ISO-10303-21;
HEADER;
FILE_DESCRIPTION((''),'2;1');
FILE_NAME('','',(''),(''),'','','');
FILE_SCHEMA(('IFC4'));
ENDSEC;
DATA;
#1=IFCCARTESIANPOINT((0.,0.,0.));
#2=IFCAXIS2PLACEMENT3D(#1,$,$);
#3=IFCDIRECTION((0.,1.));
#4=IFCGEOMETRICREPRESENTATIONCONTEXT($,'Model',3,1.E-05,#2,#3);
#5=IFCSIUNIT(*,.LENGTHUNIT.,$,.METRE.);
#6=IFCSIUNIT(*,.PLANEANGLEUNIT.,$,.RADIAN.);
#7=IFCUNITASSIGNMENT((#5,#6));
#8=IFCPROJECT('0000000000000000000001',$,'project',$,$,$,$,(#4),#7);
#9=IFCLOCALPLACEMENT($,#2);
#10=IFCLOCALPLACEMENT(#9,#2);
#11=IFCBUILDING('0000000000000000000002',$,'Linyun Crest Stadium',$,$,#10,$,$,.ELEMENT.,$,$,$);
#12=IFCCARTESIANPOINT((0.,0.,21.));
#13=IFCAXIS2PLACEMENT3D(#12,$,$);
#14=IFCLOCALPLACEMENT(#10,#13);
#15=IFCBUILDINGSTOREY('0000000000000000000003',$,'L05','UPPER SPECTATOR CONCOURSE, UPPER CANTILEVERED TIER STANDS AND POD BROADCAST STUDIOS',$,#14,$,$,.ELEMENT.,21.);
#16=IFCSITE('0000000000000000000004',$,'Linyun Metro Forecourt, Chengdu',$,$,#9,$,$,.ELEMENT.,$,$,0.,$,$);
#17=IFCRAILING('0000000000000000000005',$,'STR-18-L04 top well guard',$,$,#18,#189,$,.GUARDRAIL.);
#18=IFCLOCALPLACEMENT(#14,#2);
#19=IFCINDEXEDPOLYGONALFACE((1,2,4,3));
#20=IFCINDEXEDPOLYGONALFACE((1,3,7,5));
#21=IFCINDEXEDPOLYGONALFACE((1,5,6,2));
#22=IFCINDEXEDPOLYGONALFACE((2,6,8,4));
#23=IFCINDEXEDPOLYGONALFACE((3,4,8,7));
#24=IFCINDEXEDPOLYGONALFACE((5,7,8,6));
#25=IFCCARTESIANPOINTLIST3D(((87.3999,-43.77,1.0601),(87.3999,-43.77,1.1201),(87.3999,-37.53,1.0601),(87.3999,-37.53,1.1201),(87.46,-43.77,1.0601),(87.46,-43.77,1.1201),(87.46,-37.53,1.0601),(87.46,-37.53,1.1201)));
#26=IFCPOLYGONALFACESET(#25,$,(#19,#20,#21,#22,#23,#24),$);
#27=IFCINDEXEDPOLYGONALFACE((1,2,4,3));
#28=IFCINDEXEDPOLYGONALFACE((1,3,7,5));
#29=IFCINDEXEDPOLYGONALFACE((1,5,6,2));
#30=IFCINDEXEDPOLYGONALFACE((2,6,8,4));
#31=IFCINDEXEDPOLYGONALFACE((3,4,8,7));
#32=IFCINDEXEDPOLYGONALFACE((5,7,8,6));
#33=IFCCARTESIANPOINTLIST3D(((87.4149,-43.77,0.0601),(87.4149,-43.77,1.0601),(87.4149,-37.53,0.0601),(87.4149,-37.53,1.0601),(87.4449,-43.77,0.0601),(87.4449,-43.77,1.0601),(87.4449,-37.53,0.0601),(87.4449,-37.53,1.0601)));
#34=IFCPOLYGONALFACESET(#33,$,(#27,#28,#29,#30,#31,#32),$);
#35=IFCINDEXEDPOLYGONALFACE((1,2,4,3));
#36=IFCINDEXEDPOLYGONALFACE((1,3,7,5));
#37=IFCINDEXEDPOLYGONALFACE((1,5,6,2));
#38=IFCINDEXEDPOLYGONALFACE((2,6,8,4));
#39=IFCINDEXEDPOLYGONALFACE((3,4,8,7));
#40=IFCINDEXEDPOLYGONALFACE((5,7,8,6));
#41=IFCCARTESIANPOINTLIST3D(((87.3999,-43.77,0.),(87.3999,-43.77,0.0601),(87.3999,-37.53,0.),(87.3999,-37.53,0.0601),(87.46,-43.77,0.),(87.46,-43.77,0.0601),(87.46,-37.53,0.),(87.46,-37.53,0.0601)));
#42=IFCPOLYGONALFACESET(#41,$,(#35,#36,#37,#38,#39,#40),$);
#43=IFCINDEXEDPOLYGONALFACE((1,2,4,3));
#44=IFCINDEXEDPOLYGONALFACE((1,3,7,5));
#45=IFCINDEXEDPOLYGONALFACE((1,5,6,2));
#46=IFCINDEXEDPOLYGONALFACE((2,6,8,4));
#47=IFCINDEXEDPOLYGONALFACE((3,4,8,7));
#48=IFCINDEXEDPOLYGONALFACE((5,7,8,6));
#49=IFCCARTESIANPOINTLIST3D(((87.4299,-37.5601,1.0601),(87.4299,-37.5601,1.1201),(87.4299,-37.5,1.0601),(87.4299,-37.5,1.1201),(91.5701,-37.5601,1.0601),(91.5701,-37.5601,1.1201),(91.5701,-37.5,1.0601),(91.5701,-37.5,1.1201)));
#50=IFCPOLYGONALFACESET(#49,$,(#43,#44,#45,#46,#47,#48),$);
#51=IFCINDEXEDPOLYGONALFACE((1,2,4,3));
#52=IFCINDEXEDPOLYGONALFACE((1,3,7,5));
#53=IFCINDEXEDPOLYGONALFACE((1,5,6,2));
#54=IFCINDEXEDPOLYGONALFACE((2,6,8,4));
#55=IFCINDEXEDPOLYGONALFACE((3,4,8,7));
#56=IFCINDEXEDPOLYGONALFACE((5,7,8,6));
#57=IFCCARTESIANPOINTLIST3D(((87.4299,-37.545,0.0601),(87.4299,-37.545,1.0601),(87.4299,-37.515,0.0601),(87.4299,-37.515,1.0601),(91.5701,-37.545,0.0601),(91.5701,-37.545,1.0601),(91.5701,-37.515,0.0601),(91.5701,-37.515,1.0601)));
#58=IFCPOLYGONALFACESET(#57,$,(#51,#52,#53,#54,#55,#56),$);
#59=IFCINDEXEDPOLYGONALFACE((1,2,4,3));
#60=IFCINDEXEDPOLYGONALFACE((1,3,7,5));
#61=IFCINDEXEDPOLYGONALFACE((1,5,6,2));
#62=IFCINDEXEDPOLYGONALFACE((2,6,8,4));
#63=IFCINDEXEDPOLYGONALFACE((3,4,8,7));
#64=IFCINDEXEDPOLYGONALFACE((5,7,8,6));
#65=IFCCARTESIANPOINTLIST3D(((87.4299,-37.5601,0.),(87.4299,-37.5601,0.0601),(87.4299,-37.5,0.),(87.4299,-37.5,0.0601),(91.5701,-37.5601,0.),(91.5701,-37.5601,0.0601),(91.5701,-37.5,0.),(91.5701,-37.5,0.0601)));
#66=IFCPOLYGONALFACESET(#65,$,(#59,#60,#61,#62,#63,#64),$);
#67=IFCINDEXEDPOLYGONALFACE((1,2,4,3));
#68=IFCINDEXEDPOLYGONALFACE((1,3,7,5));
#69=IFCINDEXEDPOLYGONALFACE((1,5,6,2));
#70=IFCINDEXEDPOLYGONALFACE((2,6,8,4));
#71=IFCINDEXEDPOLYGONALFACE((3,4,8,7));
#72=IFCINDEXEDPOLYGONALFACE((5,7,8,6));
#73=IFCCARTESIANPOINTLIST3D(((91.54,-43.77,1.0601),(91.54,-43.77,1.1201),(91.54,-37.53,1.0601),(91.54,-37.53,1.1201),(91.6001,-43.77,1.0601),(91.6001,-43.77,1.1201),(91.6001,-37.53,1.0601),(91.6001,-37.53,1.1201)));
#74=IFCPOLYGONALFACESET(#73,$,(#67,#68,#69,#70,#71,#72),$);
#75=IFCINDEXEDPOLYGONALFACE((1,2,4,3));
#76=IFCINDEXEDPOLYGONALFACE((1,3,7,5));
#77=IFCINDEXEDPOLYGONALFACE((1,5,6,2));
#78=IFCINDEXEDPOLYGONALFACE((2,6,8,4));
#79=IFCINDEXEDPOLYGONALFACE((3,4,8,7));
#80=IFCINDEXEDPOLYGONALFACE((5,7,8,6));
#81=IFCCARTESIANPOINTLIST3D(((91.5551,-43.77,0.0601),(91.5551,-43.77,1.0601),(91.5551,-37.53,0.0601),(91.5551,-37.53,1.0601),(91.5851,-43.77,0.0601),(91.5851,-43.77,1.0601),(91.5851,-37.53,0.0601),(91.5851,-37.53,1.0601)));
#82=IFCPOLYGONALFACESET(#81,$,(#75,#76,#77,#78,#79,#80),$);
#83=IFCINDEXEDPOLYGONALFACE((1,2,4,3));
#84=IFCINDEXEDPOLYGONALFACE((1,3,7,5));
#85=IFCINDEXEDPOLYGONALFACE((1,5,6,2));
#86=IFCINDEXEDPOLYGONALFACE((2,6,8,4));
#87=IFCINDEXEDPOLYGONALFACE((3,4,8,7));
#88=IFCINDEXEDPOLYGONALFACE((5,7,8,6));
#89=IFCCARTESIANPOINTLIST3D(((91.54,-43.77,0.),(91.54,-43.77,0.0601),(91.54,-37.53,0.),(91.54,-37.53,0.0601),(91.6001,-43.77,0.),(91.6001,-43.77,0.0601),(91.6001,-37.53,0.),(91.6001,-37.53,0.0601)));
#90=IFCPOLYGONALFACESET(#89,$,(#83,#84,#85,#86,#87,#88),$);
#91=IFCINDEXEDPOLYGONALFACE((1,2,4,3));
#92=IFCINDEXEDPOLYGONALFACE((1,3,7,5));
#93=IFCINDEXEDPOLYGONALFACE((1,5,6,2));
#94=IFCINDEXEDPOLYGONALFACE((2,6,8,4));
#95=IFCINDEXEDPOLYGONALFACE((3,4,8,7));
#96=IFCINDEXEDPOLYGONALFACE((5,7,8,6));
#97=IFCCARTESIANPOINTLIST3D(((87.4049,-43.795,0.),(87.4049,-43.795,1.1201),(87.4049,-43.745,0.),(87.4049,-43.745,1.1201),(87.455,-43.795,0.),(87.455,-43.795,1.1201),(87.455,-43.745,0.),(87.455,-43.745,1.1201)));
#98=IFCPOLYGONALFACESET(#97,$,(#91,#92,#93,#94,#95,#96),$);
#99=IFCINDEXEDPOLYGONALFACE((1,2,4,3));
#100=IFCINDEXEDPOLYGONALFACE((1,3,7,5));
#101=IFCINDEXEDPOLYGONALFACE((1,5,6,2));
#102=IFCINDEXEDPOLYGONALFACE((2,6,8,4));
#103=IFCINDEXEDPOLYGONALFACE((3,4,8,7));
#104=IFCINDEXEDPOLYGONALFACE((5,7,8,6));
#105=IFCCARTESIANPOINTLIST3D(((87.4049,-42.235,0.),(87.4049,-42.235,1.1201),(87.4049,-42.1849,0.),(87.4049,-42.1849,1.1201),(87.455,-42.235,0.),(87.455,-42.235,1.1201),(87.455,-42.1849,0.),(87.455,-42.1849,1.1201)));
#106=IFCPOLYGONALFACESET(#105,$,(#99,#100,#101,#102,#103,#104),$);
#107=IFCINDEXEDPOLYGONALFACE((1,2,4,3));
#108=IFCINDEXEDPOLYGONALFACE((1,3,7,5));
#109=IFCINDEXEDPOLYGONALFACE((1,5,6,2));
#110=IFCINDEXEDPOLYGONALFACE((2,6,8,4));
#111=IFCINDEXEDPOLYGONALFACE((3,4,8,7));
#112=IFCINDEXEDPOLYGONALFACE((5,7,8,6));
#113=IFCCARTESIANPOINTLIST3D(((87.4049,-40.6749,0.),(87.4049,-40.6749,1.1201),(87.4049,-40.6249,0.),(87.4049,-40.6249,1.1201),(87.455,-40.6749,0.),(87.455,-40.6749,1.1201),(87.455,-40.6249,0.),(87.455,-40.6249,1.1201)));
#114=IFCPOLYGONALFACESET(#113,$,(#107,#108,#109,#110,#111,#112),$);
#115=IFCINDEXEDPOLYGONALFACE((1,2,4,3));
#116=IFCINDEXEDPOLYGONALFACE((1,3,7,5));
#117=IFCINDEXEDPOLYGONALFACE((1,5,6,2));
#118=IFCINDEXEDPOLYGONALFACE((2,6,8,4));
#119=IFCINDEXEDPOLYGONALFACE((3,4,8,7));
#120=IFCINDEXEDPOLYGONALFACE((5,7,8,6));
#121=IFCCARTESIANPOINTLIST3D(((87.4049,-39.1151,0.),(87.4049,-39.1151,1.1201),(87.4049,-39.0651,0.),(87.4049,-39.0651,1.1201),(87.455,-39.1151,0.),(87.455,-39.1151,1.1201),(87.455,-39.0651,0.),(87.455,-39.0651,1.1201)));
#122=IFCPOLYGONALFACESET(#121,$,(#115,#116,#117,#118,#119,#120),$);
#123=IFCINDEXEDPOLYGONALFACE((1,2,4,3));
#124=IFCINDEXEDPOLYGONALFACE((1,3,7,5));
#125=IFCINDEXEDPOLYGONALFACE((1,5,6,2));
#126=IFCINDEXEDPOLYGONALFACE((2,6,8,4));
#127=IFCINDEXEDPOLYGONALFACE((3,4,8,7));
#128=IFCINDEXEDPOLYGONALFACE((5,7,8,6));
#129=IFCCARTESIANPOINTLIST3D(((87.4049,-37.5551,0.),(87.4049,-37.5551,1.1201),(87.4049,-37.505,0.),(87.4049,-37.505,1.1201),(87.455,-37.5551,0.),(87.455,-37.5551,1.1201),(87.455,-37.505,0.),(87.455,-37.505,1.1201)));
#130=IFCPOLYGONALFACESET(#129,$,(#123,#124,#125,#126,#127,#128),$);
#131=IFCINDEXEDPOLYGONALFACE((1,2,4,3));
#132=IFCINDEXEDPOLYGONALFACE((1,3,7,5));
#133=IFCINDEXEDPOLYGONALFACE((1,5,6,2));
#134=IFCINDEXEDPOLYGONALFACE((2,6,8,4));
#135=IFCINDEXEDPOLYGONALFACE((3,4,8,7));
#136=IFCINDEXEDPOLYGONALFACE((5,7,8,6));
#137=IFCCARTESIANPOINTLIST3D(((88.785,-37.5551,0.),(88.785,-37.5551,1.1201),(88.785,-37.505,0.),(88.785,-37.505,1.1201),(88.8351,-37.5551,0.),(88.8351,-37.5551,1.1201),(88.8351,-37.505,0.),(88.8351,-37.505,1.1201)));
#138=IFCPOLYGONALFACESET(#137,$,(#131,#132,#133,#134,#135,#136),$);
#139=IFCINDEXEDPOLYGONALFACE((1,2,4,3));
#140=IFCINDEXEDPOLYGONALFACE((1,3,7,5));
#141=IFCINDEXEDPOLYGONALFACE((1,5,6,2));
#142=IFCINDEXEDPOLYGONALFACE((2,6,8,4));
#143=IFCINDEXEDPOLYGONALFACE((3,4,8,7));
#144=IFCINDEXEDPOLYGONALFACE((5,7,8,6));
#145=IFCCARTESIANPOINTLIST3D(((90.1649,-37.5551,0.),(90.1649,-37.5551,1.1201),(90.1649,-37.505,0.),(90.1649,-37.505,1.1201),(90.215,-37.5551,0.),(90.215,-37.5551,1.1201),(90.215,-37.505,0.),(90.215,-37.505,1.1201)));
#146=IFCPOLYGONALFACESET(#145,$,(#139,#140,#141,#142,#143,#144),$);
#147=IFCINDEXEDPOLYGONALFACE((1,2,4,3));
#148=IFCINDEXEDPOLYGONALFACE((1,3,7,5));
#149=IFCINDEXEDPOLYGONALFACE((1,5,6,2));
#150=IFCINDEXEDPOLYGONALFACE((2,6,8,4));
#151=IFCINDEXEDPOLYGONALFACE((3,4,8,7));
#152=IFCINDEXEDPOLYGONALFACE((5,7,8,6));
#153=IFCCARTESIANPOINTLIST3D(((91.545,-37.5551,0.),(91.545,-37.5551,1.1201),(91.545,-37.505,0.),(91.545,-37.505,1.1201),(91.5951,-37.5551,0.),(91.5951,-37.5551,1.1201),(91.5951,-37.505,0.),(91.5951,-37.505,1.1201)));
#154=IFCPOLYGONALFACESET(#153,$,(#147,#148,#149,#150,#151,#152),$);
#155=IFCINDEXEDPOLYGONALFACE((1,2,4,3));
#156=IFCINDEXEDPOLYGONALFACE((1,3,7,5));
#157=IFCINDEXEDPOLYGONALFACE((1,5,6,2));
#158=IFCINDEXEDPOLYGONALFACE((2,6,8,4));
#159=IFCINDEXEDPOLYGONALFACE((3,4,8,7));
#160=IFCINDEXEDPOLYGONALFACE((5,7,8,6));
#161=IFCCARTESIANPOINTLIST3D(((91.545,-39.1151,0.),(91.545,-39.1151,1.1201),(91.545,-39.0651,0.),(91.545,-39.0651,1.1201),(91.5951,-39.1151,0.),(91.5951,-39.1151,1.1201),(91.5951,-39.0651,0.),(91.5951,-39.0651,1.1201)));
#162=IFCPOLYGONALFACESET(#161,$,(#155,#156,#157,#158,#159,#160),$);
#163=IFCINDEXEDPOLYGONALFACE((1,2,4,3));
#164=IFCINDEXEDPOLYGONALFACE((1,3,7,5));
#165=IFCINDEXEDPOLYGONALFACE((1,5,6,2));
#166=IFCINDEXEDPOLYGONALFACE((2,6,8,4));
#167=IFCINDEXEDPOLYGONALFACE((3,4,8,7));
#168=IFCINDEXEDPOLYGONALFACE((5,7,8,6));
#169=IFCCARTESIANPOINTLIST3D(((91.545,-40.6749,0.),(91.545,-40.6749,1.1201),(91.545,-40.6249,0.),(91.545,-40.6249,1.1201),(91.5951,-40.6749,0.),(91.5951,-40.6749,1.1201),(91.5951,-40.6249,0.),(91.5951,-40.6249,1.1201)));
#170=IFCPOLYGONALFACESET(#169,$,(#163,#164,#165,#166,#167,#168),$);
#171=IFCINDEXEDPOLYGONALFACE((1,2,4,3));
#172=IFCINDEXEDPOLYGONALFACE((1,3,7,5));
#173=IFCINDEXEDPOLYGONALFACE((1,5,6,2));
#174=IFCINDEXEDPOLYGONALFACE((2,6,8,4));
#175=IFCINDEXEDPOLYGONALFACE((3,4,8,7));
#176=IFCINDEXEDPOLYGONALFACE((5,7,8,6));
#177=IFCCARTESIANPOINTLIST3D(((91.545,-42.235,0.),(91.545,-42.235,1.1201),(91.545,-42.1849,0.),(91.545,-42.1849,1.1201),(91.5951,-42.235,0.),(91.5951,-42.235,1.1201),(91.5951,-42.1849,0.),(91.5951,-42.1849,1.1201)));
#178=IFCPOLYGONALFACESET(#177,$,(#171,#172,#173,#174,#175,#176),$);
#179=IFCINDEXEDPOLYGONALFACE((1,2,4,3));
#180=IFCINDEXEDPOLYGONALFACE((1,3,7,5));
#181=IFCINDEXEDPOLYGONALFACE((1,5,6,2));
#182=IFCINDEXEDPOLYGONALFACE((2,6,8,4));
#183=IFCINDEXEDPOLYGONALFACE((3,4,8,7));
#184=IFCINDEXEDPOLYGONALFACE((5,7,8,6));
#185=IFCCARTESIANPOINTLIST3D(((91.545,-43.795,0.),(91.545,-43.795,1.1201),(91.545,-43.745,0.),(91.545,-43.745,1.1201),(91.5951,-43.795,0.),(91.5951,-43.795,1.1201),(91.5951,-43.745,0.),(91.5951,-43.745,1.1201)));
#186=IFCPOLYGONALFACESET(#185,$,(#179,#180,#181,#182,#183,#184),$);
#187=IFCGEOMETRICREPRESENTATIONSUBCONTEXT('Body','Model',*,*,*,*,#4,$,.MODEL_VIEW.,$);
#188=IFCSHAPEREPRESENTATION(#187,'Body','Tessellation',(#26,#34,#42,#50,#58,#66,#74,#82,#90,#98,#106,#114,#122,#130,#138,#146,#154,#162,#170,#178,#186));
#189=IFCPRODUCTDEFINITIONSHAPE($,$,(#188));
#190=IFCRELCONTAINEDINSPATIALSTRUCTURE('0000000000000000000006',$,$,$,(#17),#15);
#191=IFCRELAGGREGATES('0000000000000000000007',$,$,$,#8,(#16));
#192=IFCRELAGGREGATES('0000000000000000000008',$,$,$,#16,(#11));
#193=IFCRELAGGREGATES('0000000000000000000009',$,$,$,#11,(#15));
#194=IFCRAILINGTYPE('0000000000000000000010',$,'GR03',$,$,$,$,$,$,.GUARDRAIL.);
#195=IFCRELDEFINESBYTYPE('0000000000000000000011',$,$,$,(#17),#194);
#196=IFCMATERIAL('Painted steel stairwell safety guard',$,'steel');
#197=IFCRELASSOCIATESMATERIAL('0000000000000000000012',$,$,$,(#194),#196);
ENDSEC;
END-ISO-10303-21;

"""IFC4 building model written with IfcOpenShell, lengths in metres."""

from ifc_helpers import new_model, si_unit, direction, frame, origin, origin_2d, place, context, subcontext, project, spatial, rectangle, extrude, material, type_object, element, save


model = new_model("IFC4")

# Units and contexts
model_context = context("Model", 3, precision=1e-05, world=origin(), true_north=direction((0.0, 1.0)))
body_context = subcontext(model_context, "Body", "Model", "MODEL_VIEW")
ifc_project = project(units=[si_unit("LENGTHUNIT", "METRE"), si_unit("PLANEANGLEUNIT", "RADIAN")], contexts=[model_context])

# Site, building, storey
site_placement = place(None, origin())
site = spatial("IfcSite", under=ifc_project, at=site_placement, Name="Linyun Metro Forecourt, Chengdu", CompositionType="ELEMENT", RefElevation=0.0)
building_placement = place(site_placement, origin())
building = spatial("IfcBuilding", under=site, at=building_placement, Name="Linyun Crest Stadium", CompositionType="ELEMENT")
storey_placement = place(building_placement, frame((0.0, 0.0, 21.0)))
storey = spatial("IfcBuildingStorey", under=building, at=storey_placement, Name="L05", Description="UPPER SPECTATOR CONCOURSE, UPPER CANTILEVERED TIER STANDS AND POD BROADCAST STUDIOS", CompositionType="ELEMENT", Elevation=21.0)

# Railing
ifc_material_1 = material(Name="Painted steel stairwell safety guard", Category="steel")
railing_type_1 = type_object("IfcRailingType", Name="GR03", PredefinedType="GUARDRAIL", material=ifc_material_1)
railing_1_placement = place(storey_placement, frame((87.4299, -43.77, 0.0)))
element("IfcRailing", 1, at=railing_1_placement, inside=storey, type_object=railing_type_1, Name="STR-18-L04 top well guard", PredefinedType="GUARDRAIL", context=body_context, shape_type="SweptSolid", body=[
    extrude(rectangle(XDim=0.0601, YDim=0.0601, at=origin_2d()), frame((0.0, 0.0, 1.0901), z_axis=(0.0, 1.0, 0.0), x_axis=(-1.0, 0.0, 0.0)), (0.0, 0.0, 1.0), 6.24),
    extrude(rectangle(XDim=0.03, YDim=1.0, at=origin_2d()), frame((0.0, 0.0, 0.5601), z_axis=(0.0, 1.0, 0.0), x_axis=(-1.0, 0.0, 0.0)), (0.0, 0.0, 1.0), 6.24),
    extrude(rectangle(XDim=0.0601, YDim=0.0601, at=origin_2d()), frame((0.0, 0.0, 0.03), z_axis=(0.0, 1.0, 0.0), x_axis=(-1.0, 0.0, 0.0)), (0.0, 0.0, 1.0), 6.24),
    extrude(rectangle(XDim=0.0601, YDim=0.0601, at=origin_2d()), frame((0.0, 6.24, 1.0901), z_axis=(1.0, 0.0, 0.0), x_axis=(0.0, 1.0, 0.0)), (0.0, 0.0, 1.0), 4.1401),
    extrude(rectangle(XDim=0.03, YDim=1.0, at=origin_2d()), frame((0.0, 6.24, 0.5601), z_axis=(1.0, 0.0, 0.0), x_axis=(0.0, 1.0, 0.0)), (0.0, 0.0, 1.0), 4.1401),
    extrude(rectangle(XDim=0.0601, YDim=0.0601, at=origin_2d()), frame((0.0, 6.24, 0.03), z_axis=(1.0, 0.0, 0.0), x_axis=(0.0, 1.0, 0.0)), (0.0, 0.0, 1.0), 4.1401),
    extrude(rectangle(XDim=0.0601, YDim=0.0601, at=origin_2d()), frame((4.1401, 6.24, 1.0901), z_axis=(0.0, -1.0, 0.0), x_axis=(1.0, 0.0, 0.0)), (0.0, 0.0, 1.0), 6.24),
    extrude(rectangle(XDim=0.03, YDim=1.0, at=origin_2d()), frame((4.1401, 6.24, 0.5601), z_axis=(0.0, -1.0, 0.0), x_axis=(1.0, 0.0, 0.0)), (0.0, 0.0, 1.0), 6.24),
    extrude(rectangle(XDim=0.0601, YDim=0.0601, at=origin_2d()), frame((4.1401, 6.24, 0.03), z_axis=(0.0, -1.0, 0.0), x_axis=(1.0, 0.0, 0.0)), (0.0, 0.0, 1.0), 6.24),
    extrude(rectangle(XDim=0.05, YDim=0.05, at=origin_2d()), origin(), (0.0, 0.0, 1.0), 1.1201),
    extrude(rectangle(XDim=0.05, YDim=0.05, at=origin_2d()), frame((0.0, 1.5601, 0.0)), (0.0, 0.0, 1.0), 1.1201),
    extrude(rectangle(XDim=0.05, YDim=0.05, at=origin_2d()), frame((0.0, 3.1201, 0.0)), (0.0, 0.0, 1.0), 1.1201),
    extrude(rectangle(XDim=0.05, YDim=0.05, at=origin_2d()), frame((0.0, 4.6799, 0.0)), (0.0, 0.0, 1.0), 1.1201),
    extrude(rectangle(XDim=0.05, YDim=0.05, at=origin_2d()), frame((0.0, 6.24, 0.0)), (0.0, 0.0, 1.0), 1.1201),
    extrude(rectangle(XDim=0.05, YDim=0.05, at=origin_2d()), frame((1.3801, 6.24, 0.0)), (0.0, 0.0, 1.0), 1.1201),
    extrude(rectangle(XDim=0.05, YDim=0.05, at=origin_2d()), frame((2.76, 6.24, 0.0)), (0.0, 0.0, 1.0), 1.1201),
    extrude(rectangle(XDim=0.05, YDim=0.05, at=origin_2d()), frame((4.1401, 6.24, 0.0)), (0.0, 0.0, 1.0), 1.1201),
    extrude(rectangle(XDim=0.05, YDim=0.05, at=origin_2d()), frame((4.1401, 4.6799, 0.0)), (0.0, 0.0, 1.0), 1.1201),
    extrude(rectangle(XDim=0.05, YDim=0.05, at=origin_2d()), frame((4.1401, 3.1201, 0.0)), (0.0, 0.0, 1.0), 1.1201),
    extrude(rectangle(XDim=0.05, YDim=0.05, at=origin_2d()), frame((4.1401, 1.5601, 0.0)), (0.0, 0.0, 1.0), 1.1201),
    extrude(rectangle(XDim=0.05, YDim=0.05, at=origin_2d()), frame((4.1401, 0.0, 0.0)), (0.0, 0.0, 1.0), 1.1201),
])

save(model, "model.ifc")
